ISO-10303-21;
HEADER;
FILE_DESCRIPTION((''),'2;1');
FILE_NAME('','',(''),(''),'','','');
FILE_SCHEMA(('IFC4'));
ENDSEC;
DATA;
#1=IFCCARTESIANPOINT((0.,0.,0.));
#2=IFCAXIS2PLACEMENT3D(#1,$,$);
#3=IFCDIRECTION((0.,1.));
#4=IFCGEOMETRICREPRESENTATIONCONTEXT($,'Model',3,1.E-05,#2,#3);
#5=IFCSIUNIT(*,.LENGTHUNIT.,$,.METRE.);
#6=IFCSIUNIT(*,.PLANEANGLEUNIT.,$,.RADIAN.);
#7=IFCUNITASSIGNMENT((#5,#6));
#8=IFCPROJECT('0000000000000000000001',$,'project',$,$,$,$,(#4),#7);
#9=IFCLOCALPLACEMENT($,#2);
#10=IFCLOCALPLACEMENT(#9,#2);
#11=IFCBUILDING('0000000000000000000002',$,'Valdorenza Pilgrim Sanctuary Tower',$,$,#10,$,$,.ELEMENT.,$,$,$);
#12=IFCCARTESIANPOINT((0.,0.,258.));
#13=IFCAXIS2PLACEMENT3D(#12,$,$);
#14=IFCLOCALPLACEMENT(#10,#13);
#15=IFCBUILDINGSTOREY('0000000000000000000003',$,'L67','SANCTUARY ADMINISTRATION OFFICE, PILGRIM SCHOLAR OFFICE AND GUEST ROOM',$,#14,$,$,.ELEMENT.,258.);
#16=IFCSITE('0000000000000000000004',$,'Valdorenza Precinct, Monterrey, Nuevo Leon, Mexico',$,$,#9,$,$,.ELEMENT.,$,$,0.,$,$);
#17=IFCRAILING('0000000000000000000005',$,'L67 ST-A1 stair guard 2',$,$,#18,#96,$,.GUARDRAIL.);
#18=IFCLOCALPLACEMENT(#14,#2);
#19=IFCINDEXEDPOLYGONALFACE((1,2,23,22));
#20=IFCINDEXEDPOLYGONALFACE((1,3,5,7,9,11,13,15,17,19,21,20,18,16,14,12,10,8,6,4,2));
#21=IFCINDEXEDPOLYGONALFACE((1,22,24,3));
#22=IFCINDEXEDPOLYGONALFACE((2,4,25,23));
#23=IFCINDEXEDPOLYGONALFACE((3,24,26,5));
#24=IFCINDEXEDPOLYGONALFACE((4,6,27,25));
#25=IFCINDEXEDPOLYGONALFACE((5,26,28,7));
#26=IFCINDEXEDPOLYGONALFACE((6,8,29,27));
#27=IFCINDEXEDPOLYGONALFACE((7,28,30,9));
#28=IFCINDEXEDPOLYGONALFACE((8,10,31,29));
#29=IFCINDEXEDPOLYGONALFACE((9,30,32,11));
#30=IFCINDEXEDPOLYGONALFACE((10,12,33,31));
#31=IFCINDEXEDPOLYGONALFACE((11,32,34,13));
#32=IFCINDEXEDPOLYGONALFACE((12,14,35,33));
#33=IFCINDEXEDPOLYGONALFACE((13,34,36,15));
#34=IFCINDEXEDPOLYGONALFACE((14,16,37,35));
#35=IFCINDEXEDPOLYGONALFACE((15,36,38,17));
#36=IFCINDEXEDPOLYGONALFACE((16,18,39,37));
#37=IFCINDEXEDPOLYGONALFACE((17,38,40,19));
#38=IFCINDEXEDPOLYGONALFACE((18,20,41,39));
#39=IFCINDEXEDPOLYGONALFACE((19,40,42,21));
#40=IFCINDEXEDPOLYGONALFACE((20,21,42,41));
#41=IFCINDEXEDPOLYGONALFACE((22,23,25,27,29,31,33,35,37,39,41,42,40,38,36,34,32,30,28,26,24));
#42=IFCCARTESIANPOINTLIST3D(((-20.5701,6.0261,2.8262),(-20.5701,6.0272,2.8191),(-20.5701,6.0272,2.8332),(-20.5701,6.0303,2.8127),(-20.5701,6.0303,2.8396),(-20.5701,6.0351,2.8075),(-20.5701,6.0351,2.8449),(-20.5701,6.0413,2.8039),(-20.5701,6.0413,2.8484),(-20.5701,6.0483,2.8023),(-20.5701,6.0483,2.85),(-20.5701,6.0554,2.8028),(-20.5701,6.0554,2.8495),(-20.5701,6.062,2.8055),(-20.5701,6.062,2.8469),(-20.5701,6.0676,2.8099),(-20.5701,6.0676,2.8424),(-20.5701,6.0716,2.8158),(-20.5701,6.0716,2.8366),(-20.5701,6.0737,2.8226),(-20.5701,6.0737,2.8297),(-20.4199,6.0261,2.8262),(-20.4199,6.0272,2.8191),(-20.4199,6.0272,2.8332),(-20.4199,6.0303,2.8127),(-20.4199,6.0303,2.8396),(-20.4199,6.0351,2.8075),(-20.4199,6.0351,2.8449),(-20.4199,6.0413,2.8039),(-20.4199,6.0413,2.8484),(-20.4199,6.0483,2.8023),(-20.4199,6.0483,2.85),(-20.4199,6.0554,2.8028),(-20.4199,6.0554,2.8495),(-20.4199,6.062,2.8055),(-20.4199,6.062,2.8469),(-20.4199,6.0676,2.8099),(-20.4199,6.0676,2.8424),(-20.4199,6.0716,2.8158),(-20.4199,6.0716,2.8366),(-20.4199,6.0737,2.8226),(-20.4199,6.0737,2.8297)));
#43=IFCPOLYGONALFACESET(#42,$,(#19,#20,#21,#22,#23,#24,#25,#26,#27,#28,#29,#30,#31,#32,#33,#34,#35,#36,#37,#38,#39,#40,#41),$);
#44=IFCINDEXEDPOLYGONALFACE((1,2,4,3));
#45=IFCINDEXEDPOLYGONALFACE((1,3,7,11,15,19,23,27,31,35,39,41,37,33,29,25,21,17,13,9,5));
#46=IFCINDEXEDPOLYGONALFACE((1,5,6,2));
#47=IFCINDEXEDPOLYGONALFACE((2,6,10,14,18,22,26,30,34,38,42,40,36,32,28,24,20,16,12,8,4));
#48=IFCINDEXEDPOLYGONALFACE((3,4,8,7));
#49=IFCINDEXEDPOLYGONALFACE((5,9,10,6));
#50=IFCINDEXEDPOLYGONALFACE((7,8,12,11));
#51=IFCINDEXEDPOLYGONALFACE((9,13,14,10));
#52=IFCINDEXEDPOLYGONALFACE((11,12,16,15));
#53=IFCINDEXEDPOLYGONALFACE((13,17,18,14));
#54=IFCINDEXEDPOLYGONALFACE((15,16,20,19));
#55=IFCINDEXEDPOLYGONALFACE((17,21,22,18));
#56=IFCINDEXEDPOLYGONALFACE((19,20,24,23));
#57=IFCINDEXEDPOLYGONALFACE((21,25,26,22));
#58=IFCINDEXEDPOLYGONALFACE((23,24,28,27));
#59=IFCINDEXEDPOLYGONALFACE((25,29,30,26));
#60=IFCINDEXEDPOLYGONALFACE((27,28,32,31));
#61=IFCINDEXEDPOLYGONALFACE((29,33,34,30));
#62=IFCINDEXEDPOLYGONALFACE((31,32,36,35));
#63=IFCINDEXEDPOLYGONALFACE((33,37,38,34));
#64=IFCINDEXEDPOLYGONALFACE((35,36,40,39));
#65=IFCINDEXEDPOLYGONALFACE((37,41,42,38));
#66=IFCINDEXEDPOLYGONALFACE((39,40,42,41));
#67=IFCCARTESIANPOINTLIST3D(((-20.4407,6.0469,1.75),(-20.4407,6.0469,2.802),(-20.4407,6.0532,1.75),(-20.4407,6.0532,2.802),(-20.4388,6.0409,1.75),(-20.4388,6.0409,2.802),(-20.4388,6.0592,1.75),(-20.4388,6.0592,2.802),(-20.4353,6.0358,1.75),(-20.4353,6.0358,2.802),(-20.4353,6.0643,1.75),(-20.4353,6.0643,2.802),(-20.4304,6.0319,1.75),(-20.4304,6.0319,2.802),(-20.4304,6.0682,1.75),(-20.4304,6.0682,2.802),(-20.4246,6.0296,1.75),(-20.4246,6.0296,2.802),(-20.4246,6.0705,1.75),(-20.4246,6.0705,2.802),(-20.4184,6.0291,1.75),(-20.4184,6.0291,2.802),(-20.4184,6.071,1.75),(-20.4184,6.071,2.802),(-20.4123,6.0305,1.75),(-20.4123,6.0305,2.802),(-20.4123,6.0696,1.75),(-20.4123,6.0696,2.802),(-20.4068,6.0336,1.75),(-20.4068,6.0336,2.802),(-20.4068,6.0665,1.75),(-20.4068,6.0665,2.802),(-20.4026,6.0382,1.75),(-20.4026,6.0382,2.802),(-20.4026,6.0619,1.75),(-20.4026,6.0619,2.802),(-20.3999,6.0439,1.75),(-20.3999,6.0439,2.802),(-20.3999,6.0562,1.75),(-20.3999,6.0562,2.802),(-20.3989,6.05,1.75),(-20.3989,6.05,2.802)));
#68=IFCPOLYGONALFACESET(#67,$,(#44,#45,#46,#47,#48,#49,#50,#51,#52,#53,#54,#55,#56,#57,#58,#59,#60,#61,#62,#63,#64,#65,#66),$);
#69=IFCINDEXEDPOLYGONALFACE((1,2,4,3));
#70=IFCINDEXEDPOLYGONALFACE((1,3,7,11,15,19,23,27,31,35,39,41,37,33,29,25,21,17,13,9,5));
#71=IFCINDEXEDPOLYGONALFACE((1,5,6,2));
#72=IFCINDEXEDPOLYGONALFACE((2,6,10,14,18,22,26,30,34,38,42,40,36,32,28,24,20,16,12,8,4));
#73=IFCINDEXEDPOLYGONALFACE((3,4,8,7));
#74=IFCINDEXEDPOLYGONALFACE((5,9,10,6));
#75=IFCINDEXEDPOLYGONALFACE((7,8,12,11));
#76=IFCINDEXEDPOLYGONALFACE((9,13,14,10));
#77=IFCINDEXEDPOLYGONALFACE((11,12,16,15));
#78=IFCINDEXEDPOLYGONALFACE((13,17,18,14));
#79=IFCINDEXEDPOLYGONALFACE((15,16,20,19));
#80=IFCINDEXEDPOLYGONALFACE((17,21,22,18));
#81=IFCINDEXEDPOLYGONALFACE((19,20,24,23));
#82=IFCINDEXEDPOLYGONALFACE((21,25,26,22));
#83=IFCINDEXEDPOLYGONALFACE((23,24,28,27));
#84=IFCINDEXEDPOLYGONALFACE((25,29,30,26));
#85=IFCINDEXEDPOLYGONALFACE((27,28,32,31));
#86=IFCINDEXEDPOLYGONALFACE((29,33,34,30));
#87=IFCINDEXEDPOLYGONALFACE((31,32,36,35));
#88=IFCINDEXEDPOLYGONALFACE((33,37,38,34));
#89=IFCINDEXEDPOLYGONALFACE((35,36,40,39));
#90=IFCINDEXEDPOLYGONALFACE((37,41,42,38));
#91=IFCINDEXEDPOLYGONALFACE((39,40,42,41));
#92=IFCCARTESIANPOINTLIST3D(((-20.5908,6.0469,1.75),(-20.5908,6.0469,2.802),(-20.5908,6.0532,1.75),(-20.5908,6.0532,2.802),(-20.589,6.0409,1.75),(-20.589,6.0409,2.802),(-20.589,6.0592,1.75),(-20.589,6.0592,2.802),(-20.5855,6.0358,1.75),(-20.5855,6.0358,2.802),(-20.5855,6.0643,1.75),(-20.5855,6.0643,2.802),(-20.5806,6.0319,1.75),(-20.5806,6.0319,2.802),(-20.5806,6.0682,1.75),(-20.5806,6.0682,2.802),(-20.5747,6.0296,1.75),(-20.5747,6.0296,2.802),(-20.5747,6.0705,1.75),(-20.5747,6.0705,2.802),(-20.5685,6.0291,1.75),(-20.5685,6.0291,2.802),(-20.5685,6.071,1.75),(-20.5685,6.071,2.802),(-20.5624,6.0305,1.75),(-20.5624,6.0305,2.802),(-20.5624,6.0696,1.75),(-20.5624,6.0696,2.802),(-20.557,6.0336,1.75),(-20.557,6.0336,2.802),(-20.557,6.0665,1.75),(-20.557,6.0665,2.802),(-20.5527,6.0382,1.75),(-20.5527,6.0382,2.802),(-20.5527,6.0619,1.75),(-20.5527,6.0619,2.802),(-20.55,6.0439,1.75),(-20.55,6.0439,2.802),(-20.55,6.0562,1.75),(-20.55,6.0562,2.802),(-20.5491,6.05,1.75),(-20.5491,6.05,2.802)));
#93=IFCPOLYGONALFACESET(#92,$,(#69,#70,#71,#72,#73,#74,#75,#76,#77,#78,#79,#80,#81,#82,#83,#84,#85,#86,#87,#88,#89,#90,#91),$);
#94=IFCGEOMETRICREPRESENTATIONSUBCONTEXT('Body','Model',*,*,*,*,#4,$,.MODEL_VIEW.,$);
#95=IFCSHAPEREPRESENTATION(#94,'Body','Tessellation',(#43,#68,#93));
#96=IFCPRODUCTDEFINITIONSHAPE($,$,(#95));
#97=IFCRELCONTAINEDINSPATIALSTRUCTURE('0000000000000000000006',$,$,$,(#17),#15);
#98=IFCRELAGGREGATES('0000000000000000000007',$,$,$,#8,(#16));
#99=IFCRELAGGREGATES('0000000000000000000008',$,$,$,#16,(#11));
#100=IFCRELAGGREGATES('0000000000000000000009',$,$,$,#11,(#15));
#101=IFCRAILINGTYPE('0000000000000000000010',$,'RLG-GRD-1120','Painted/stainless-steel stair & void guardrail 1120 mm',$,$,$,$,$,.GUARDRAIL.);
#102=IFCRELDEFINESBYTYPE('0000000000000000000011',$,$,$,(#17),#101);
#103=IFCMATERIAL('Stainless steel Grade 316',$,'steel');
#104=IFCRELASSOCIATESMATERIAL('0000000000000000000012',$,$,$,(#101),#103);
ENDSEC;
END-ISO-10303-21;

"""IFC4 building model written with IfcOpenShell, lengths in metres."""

from ifc_helpers import new_model, si_unit, direction, frame, origin, origin_2d, place, context, subcontext, project, spatial, circle, extrude, material, type_object, element, save


model = new_model("IFC4")

# Units and contexts
model_context = context("Model", 3, precision=1e-05, world=origin(), true_north=direction((0.0, 1.0)))
body_context = subcontext(model_context, "Body", "Model", "MODEL_VIEW")
ifc_project = project(units=[si_unit("LENGTHUNIT", "METRE"), si_unit("PLANEANGLEUNIT", "RADIAN")], contexts=[model_context])

# Site, building, storey
site_placement = place(None, origin())
site = spatial("IfcSite", under=ifc_project, at=site_placement, Name="Valdorenza Precinct, Monterrey, Nuevo Leon, Mexico", CompositionType="ELEMENT", RefElevation=0.0)
building_placement = place(site_placement, origin())
building = spatial("IfcBuilding", under=site, at=building_placement, Name="Valdorenza Pilgrim Sanctuary Tower", CompositionType="ELEMENT")
storey_placement = place(building_placement, frame((0.0, 0.0, 258.0)))
storey = spatial("IfcBuildingStorey", under=building, at=storey_placement, Name="L67", Description="SANCTUARY ADMINISTRATION OFFICE, PILGRIM SCHOLAR OFFICE AND GUEST ROOM", CompositionType="ELEMENT", Elevation=258.0)

# Railing
ifc_material_1 = material(Name="Stainless steel Grade 316", Category="steel")
railing_type_1 = type_object("IfcRailingType", Name="RLG-GRD-1120", Description="Painted/stainless-steel stair & void guardrail 1120 mm", PredefinedType="GUARDRAIL", material=ifc_material_1)
railing_1_placement = place(storey_placement, frame((-20.4199, 6.05, 1.75)))
element("IfcRailing", 1, at=railing_1_placement, inside=storey, type_object=railing_type_1, Name="L67 ST-A1 stair guard 2", PredefinedType="GUARDRAIL", context=body_context, shape_type="SweptSolid", body=[
    extrude(circle(Radius=0.0239, at=origin_2d()), frame((0.0, 0.0, 1.0762), z_axis=(-1.0, 0.0, 0.0), x_axis=(0.0, -1.0, 0.0)), (0.0, 0.0, 1.0), 0.1501),
    extrude(circle(Radius=0.021, at=origin_2d()), origin(), (0.0, 0.0, 1.0), 1.052),
    extrude(circle(Radius=0.021, at=origin_2d()), frame((-0.1501, 0.0, 0.0)), (0.0, 0.0, 1.0), 1.052),
])

save(model, "model.ifc")
